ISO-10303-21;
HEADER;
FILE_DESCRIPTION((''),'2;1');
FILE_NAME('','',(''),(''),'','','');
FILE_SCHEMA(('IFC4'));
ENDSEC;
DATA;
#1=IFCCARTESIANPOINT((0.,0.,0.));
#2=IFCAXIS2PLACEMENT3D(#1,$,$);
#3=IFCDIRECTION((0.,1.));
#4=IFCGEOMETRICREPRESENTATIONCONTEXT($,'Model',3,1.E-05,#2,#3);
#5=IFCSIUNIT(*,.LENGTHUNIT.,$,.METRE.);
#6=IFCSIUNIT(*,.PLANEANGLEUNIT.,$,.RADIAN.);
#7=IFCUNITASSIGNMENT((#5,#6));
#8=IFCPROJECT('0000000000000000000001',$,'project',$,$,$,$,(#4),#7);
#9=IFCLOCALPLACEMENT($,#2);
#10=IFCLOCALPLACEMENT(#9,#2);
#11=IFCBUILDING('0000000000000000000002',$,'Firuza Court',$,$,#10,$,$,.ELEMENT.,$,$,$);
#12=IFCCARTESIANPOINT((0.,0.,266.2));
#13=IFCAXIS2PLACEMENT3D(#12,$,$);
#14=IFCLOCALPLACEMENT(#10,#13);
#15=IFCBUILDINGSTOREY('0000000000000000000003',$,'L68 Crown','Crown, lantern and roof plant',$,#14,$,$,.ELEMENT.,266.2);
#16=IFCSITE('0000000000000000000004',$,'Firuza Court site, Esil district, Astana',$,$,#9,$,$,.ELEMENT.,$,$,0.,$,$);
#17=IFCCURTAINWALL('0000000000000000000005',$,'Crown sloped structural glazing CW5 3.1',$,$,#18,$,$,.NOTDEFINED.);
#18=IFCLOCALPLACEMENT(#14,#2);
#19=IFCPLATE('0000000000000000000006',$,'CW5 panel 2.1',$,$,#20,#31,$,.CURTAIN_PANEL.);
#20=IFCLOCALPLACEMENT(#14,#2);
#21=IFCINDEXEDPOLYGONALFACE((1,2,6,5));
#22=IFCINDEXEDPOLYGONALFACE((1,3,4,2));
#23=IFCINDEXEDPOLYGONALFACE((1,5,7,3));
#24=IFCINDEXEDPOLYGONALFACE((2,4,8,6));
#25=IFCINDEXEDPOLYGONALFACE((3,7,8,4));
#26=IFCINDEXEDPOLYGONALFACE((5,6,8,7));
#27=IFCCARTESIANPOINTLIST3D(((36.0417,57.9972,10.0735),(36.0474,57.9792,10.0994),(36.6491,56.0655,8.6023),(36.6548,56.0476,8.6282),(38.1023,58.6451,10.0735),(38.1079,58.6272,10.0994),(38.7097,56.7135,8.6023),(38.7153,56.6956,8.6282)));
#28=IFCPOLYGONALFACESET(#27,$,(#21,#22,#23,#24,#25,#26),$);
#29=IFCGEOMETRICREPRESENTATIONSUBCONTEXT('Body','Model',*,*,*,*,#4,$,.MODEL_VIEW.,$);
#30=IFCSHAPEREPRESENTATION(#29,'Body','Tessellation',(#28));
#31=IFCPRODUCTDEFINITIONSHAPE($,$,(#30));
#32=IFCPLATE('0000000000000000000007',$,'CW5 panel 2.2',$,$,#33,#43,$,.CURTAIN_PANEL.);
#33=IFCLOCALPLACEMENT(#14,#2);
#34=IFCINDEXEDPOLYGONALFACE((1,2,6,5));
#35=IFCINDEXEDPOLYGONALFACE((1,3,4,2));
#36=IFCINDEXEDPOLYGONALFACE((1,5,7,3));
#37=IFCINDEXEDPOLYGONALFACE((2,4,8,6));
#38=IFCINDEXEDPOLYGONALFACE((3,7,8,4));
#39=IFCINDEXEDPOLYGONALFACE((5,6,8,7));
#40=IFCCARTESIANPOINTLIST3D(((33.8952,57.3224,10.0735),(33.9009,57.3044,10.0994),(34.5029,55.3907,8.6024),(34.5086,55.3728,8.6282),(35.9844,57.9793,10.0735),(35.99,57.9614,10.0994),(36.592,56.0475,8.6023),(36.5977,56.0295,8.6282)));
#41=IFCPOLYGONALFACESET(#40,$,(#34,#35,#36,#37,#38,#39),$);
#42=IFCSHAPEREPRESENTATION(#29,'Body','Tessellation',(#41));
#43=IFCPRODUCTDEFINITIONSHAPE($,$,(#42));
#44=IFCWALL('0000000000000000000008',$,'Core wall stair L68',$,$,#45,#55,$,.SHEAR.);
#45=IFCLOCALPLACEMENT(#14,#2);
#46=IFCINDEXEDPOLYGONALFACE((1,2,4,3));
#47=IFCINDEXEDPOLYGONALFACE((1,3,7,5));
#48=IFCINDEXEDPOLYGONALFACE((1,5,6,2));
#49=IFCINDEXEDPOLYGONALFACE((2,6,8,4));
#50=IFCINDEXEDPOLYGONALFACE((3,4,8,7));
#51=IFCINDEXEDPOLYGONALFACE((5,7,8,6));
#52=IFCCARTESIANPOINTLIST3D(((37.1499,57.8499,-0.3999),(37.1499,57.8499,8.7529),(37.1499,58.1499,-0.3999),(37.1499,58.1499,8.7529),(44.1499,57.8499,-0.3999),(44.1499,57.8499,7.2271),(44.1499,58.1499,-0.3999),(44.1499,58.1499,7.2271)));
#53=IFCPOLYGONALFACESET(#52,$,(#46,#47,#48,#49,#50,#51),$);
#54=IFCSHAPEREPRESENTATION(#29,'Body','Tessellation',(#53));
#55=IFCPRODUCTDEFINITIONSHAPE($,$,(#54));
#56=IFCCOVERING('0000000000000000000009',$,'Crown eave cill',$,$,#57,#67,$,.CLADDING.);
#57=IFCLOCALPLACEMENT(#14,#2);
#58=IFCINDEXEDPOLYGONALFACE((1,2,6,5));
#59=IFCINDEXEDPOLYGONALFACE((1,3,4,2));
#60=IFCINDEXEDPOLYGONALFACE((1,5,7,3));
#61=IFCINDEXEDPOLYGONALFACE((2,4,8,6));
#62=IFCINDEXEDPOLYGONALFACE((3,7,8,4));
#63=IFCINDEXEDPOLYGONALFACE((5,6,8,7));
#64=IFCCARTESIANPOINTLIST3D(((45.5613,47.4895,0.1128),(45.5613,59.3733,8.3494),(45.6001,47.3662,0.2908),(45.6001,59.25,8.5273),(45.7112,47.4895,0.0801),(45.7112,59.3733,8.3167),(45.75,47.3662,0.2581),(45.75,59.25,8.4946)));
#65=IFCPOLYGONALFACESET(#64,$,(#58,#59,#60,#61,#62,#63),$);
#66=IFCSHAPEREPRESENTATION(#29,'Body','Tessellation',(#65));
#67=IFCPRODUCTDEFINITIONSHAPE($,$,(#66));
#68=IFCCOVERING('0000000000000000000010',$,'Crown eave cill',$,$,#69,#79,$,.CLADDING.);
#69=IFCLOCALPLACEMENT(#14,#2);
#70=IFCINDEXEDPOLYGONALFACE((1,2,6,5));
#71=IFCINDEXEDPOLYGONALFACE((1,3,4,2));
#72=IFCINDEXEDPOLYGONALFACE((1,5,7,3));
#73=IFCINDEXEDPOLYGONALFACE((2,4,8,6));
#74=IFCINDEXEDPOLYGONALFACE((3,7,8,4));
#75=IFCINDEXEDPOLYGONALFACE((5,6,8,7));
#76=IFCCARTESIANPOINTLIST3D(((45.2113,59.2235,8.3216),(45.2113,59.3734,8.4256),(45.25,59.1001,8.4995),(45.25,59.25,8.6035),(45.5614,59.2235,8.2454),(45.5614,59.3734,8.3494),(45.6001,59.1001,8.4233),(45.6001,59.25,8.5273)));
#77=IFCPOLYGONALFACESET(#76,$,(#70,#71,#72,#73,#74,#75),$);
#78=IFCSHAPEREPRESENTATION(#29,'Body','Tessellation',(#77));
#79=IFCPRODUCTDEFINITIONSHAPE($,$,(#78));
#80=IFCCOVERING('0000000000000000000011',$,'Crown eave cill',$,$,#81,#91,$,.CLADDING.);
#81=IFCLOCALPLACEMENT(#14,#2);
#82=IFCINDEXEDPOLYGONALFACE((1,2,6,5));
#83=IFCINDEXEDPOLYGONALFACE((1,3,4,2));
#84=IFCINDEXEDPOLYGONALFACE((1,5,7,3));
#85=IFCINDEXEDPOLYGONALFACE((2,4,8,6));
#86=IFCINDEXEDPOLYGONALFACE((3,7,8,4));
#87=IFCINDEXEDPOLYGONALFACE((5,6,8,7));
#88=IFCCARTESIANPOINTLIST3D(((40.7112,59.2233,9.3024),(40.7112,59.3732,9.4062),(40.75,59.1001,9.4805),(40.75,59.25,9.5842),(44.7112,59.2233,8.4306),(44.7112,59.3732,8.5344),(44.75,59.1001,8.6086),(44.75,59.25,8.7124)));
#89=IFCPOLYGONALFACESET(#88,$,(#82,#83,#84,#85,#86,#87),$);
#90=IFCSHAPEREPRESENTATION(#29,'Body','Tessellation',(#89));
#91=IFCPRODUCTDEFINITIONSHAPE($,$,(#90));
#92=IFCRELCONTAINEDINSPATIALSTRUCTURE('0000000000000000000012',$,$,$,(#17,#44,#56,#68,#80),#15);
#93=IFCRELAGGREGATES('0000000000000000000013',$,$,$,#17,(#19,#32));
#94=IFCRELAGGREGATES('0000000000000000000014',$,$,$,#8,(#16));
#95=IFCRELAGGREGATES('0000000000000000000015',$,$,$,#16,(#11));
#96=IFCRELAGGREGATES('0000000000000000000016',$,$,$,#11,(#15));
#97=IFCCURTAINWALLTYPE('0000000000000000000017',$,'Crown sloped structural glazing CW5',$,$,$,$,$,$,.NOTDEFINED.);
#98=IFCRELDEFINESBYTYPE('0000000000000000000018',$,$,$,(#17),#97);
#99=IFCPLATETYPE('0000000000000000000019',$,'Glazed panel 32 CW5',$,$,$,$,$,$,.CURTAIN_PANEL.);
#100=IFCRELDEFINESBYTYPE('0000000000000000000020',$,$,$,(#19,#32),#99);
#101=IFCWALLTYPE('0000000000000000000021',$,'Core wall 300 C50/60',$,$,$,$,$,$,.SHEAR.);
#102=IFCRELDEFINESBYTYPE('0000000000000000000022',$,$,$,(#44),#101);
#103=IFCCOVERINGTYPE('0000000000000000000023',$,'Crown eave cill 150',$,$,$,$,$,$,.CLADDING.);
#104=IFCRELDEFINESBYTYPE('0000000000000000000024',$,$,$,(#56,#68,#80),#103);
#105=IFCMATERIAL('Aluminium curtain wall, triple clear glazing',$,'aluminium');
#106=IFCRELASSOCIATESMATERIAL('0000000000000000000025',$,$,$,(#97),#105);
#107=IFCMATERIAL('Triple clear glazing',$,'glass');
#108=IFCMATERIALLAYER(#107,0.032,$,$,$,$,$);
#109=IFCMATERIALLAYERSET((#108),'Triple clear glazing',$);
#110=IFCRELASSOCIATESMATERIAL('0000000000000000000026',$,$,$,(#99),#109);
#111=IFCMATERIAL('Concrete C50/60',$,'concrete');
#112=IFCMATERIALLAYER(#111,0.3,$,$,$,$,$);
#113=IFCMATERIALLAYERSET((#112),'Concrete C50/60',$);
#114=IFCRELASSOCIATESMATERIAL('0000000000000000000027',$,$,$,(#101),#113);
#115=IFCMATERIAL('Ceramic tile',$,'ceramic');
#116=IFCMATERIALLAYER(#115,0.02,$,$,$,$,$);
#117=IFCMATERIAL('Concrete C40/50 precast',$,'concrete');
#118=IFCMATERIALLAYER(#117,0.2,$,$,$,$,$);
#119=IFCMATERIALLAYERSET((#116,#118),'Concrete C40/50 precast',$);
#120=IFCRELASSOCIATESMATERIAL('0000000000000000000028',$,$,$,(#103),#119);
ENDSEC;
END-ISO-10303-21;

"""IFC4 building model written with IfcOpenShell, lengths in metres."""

from ifc_helpers import new_model, si_unit, direction, frame, origin, place, context, subcontext, project, spatial, polyline, outline, extrude, material, layer, layer_set, type_object, element, aggregate, save


model = new_model("IFC4")

# Units and contexts
model_context = context("Model", 3, precision=1e-05, world=origin(), true_north=direction((0.0, 1.0)))
body_context = subcontext(model_context, "Body", "Model", "MODEL_VIEW")
ifc_project = project(units=[si_unit("LENGTHUNIT", "METRE"), si_unit("PLANEANGLEUNIT", "RADIAN")], contexts=[model_context])

# Site, building, storey
site_placement = place(None, origin())
site = spatial("IfcSite", under=ifc_project, at=site_placement, Name="Firuza Court site, Esil district, Astana", CompositionType="ELEMENT", RefElevation=0.0)
building_placement = place(site_placement, origin())
building = spatial("IfcBuilding", under=site, at=building_placement, Name="Firuza Court", CompositionType="ELEMENT")
storey_placement = place(building_placement, frame((0.0, 0.0, 266.2)))
storey = spatial("IfcBuildingStorey", under=building, at=storey_placement, Name="L68 Crown", Description="Crown, lantern and roof plant", CompositionType="ELEMENT", Elevation=266.2)

# Curtain wall
ifc_material_1 = material(Name="Aluminium curtain wall, triple clear glazing", Category="aluminium")
curtain_wall_type = type_object("IfcCurtainWallType", Name="Crown sloped structural glazing CW5", PredefinedType="NOTDEFINED", material=ifc_material_1)
curtain_wall_1_placement = place(storey_placement, origin())
curtain_wall_1 = element("IfcCurtainWall", 1, at=curtain_wall_1_placement, inside=storey, type_object=curtain_wall_type, Name="Crown sloped structural glazing CW5 3.1", PredefinedType="NOTDEFINED")

# Shared definitions
ifc_material_2 = material(Name="Ceramic tile", Category="ceramic")
ifc_material_3 = material(Name="Concrete C40/50 precast", Category="concrete")

# Plates
ifc_material_4 = material(Name="Triple clear glazing", Category="glass")
ifc_layer_1 = layer(ifc_material_4, 0.032)
ifc_layer_set_1 = layer_set([ifc_layer_1], Name="Triple clear glazing")
plate_type = type_object("IfcPlateType", Name="Glazed panel 32 CW5", PredefinedType="CURTAIN_PANEL", material=ifc_layer_set_1)
plate_1_placement = place(storey_placement, frame((38.7153, 56.6956, 8.6282), z_axis=(0.176322, -0.560721, 0.809013), x_axis=(-0.953948, -0.299974, 0.0)))
plate_1 = element("IfcPlate", 2, at=plate_1_placement, type_object=plate_type, Name="CW5 panel 2.1", PredefinedType="CURTAIN_PANEL", context=body_context, shape_type="SweptSolid", body=[
    extrude(outline(polyline([(0.0, 0.0), (2.16, 0.0), (2.16, -2.5029), (0.0, -2.5029), (0.0, 0.0)])), origin(), (0.0, 0.0, -1.0), 0.032),
])
plate_2_placement = place(storey_placement, frame((36.5977, 56.0295, 8.6282), z_axis=(0.176293, -0.560692, 0.809039), x_axis=(-0.953967, -0.299911, 0.000025)))
plate_2 = element("IfcPlate", 3, at=plate_2_placement, type_object=plate_type, Name="CW5 panel 2.2", PredefinedType="CURTAIN_PANEL", context=body_context, shape_type="SweptSolid", body=[
    extrude(outline(polyline([(0.0, 0.0), (2.1899, 0.0), (2.1903, -2.503), (0.0003, -2.5032), (0.0, 0.0)])), origin(), (0.0, 0.0, -1.0), 0.032),
])
aggregate(curtain_wall_1, [plate_1, plate_2])

# Wall
ifc_material_5 = material(Name="Concrete C50/60", Category="concrete")
ifc_layer_2 = layer(ifc_material_5, 0.3)
ifc_layer_set_2 = layer_set([ifc_layer_2], Name="Concrete C50/60")
wall_type = type_object("IfcWallType", Name="Core wall 300 C50/60", PredefinedType="SHEAR", material=ifc_layer_set_2)
wall_placement = place(storey_placement, frame((37.1499, 58.0, -0.3999), z_axis=(0.0, 0.0, 1.0), x_axis=(1.0, 0.0, 0.0)))
element("IfcWall", 4, at=wall_placement, inside=storey, type_object=wall_type, Name="Core wall stair L68", PredefinedType="SHEAR", context=body_context, shape_type="SweptSolid", body=[
    extrude(outline(polyline([(0.0, 0.0), (7.0, 0.0), (7.0, 7.627), (0.0, 9.1528), (0.0, 0.0)])), frame((0.0, 0.1499, 0.0), z_axis=(0.0, -1.0, 0.0), x_axis=(1.0, 0.0, 0.0)), (0.0, 0.0, 1.0), 0.3),
])

# Coverings
ifc_layer_3 = layer(ifc_material_2, 0.02)
ifc_layer_4 = layer(ifc_material_3, 0.2)
ifc_layer_set_3 = layer_set([ifc_layer_3, ifc_layer_4], Name="Concrete C40/50 precast")
covering_type = type_object("IfcCoveringType", Name="Crown eave cill 150", PredefinedType="CLADDING", material=ifc_layer_set_3)
covering_1_placement = place(storey_placement, frame((45.6001, 59.25, 8.5273), z_axis=(0.176552, -0.560698, 0.808979), x_axis=(0.977004, 0.0, -0.213222)))
element("IfcCovering", 5, at=covering_1_placement, inside=storey, type_object=covering_type, Name="Crown eave cill", PredefinedType="CLADDING", context=body_context, shape_type="SweptSolid", body=[
    extrude(outline(polyline([(0.0, 0.0), (0.1534, 0.0), (1.9097, -14.352), (1.7562, -14.352), (0.0, 0.0)])), origin(), (0.0, 0.0, -1.0), 0.22),
])
covering_2_placement = place(storey_placement, frame((45.25, 59.1001, 8.4995), z_axis=(0.175972, -0.561149, 0.808793), x_axis=(0.0, 0.821614, 0.570045)))
element("IfcCovering", 6, at=covering_2_placement, inside=storey, type_object=covering_type, Name="Crown eave cill", PredefinedType="CLADDING", context=body_context, shape_type="SweptSolid", body=[
    extrude(outline(polyline([(0.0, 0.0), (0.1824, 0.0), (0.139, -0.3556), (-0.0434, -0.3556), (0.0, 0.0)])), origin(), (0.0, 0.0, -1.0), 0.22),
])
covering_3_placement = place(storey_placement, frame((40.75, 59.1001, 9.4805), z_axis=(0.176402, -0.560215, 0.809346), x_axis=(0.0, 0.82224, 0.56914)))
element("IfcCovering", 7, at=covering_3_placement, inside=storey, type_object=covering_type, Name="Crown eave cill", PredefinedType="CLADDING", context=body_context, shape_type="SweptSolid", body=[
    extrude(outline(polyline([(0.0, 0.0), (0.1823, 0.0), (-0.3139, -4.0637), (-0.4962, -4.0637), (0.0, 0.0)])), origin(), (0.0, 0.0, -1.0), 0.22),
])

save(model, "model.ifc")
